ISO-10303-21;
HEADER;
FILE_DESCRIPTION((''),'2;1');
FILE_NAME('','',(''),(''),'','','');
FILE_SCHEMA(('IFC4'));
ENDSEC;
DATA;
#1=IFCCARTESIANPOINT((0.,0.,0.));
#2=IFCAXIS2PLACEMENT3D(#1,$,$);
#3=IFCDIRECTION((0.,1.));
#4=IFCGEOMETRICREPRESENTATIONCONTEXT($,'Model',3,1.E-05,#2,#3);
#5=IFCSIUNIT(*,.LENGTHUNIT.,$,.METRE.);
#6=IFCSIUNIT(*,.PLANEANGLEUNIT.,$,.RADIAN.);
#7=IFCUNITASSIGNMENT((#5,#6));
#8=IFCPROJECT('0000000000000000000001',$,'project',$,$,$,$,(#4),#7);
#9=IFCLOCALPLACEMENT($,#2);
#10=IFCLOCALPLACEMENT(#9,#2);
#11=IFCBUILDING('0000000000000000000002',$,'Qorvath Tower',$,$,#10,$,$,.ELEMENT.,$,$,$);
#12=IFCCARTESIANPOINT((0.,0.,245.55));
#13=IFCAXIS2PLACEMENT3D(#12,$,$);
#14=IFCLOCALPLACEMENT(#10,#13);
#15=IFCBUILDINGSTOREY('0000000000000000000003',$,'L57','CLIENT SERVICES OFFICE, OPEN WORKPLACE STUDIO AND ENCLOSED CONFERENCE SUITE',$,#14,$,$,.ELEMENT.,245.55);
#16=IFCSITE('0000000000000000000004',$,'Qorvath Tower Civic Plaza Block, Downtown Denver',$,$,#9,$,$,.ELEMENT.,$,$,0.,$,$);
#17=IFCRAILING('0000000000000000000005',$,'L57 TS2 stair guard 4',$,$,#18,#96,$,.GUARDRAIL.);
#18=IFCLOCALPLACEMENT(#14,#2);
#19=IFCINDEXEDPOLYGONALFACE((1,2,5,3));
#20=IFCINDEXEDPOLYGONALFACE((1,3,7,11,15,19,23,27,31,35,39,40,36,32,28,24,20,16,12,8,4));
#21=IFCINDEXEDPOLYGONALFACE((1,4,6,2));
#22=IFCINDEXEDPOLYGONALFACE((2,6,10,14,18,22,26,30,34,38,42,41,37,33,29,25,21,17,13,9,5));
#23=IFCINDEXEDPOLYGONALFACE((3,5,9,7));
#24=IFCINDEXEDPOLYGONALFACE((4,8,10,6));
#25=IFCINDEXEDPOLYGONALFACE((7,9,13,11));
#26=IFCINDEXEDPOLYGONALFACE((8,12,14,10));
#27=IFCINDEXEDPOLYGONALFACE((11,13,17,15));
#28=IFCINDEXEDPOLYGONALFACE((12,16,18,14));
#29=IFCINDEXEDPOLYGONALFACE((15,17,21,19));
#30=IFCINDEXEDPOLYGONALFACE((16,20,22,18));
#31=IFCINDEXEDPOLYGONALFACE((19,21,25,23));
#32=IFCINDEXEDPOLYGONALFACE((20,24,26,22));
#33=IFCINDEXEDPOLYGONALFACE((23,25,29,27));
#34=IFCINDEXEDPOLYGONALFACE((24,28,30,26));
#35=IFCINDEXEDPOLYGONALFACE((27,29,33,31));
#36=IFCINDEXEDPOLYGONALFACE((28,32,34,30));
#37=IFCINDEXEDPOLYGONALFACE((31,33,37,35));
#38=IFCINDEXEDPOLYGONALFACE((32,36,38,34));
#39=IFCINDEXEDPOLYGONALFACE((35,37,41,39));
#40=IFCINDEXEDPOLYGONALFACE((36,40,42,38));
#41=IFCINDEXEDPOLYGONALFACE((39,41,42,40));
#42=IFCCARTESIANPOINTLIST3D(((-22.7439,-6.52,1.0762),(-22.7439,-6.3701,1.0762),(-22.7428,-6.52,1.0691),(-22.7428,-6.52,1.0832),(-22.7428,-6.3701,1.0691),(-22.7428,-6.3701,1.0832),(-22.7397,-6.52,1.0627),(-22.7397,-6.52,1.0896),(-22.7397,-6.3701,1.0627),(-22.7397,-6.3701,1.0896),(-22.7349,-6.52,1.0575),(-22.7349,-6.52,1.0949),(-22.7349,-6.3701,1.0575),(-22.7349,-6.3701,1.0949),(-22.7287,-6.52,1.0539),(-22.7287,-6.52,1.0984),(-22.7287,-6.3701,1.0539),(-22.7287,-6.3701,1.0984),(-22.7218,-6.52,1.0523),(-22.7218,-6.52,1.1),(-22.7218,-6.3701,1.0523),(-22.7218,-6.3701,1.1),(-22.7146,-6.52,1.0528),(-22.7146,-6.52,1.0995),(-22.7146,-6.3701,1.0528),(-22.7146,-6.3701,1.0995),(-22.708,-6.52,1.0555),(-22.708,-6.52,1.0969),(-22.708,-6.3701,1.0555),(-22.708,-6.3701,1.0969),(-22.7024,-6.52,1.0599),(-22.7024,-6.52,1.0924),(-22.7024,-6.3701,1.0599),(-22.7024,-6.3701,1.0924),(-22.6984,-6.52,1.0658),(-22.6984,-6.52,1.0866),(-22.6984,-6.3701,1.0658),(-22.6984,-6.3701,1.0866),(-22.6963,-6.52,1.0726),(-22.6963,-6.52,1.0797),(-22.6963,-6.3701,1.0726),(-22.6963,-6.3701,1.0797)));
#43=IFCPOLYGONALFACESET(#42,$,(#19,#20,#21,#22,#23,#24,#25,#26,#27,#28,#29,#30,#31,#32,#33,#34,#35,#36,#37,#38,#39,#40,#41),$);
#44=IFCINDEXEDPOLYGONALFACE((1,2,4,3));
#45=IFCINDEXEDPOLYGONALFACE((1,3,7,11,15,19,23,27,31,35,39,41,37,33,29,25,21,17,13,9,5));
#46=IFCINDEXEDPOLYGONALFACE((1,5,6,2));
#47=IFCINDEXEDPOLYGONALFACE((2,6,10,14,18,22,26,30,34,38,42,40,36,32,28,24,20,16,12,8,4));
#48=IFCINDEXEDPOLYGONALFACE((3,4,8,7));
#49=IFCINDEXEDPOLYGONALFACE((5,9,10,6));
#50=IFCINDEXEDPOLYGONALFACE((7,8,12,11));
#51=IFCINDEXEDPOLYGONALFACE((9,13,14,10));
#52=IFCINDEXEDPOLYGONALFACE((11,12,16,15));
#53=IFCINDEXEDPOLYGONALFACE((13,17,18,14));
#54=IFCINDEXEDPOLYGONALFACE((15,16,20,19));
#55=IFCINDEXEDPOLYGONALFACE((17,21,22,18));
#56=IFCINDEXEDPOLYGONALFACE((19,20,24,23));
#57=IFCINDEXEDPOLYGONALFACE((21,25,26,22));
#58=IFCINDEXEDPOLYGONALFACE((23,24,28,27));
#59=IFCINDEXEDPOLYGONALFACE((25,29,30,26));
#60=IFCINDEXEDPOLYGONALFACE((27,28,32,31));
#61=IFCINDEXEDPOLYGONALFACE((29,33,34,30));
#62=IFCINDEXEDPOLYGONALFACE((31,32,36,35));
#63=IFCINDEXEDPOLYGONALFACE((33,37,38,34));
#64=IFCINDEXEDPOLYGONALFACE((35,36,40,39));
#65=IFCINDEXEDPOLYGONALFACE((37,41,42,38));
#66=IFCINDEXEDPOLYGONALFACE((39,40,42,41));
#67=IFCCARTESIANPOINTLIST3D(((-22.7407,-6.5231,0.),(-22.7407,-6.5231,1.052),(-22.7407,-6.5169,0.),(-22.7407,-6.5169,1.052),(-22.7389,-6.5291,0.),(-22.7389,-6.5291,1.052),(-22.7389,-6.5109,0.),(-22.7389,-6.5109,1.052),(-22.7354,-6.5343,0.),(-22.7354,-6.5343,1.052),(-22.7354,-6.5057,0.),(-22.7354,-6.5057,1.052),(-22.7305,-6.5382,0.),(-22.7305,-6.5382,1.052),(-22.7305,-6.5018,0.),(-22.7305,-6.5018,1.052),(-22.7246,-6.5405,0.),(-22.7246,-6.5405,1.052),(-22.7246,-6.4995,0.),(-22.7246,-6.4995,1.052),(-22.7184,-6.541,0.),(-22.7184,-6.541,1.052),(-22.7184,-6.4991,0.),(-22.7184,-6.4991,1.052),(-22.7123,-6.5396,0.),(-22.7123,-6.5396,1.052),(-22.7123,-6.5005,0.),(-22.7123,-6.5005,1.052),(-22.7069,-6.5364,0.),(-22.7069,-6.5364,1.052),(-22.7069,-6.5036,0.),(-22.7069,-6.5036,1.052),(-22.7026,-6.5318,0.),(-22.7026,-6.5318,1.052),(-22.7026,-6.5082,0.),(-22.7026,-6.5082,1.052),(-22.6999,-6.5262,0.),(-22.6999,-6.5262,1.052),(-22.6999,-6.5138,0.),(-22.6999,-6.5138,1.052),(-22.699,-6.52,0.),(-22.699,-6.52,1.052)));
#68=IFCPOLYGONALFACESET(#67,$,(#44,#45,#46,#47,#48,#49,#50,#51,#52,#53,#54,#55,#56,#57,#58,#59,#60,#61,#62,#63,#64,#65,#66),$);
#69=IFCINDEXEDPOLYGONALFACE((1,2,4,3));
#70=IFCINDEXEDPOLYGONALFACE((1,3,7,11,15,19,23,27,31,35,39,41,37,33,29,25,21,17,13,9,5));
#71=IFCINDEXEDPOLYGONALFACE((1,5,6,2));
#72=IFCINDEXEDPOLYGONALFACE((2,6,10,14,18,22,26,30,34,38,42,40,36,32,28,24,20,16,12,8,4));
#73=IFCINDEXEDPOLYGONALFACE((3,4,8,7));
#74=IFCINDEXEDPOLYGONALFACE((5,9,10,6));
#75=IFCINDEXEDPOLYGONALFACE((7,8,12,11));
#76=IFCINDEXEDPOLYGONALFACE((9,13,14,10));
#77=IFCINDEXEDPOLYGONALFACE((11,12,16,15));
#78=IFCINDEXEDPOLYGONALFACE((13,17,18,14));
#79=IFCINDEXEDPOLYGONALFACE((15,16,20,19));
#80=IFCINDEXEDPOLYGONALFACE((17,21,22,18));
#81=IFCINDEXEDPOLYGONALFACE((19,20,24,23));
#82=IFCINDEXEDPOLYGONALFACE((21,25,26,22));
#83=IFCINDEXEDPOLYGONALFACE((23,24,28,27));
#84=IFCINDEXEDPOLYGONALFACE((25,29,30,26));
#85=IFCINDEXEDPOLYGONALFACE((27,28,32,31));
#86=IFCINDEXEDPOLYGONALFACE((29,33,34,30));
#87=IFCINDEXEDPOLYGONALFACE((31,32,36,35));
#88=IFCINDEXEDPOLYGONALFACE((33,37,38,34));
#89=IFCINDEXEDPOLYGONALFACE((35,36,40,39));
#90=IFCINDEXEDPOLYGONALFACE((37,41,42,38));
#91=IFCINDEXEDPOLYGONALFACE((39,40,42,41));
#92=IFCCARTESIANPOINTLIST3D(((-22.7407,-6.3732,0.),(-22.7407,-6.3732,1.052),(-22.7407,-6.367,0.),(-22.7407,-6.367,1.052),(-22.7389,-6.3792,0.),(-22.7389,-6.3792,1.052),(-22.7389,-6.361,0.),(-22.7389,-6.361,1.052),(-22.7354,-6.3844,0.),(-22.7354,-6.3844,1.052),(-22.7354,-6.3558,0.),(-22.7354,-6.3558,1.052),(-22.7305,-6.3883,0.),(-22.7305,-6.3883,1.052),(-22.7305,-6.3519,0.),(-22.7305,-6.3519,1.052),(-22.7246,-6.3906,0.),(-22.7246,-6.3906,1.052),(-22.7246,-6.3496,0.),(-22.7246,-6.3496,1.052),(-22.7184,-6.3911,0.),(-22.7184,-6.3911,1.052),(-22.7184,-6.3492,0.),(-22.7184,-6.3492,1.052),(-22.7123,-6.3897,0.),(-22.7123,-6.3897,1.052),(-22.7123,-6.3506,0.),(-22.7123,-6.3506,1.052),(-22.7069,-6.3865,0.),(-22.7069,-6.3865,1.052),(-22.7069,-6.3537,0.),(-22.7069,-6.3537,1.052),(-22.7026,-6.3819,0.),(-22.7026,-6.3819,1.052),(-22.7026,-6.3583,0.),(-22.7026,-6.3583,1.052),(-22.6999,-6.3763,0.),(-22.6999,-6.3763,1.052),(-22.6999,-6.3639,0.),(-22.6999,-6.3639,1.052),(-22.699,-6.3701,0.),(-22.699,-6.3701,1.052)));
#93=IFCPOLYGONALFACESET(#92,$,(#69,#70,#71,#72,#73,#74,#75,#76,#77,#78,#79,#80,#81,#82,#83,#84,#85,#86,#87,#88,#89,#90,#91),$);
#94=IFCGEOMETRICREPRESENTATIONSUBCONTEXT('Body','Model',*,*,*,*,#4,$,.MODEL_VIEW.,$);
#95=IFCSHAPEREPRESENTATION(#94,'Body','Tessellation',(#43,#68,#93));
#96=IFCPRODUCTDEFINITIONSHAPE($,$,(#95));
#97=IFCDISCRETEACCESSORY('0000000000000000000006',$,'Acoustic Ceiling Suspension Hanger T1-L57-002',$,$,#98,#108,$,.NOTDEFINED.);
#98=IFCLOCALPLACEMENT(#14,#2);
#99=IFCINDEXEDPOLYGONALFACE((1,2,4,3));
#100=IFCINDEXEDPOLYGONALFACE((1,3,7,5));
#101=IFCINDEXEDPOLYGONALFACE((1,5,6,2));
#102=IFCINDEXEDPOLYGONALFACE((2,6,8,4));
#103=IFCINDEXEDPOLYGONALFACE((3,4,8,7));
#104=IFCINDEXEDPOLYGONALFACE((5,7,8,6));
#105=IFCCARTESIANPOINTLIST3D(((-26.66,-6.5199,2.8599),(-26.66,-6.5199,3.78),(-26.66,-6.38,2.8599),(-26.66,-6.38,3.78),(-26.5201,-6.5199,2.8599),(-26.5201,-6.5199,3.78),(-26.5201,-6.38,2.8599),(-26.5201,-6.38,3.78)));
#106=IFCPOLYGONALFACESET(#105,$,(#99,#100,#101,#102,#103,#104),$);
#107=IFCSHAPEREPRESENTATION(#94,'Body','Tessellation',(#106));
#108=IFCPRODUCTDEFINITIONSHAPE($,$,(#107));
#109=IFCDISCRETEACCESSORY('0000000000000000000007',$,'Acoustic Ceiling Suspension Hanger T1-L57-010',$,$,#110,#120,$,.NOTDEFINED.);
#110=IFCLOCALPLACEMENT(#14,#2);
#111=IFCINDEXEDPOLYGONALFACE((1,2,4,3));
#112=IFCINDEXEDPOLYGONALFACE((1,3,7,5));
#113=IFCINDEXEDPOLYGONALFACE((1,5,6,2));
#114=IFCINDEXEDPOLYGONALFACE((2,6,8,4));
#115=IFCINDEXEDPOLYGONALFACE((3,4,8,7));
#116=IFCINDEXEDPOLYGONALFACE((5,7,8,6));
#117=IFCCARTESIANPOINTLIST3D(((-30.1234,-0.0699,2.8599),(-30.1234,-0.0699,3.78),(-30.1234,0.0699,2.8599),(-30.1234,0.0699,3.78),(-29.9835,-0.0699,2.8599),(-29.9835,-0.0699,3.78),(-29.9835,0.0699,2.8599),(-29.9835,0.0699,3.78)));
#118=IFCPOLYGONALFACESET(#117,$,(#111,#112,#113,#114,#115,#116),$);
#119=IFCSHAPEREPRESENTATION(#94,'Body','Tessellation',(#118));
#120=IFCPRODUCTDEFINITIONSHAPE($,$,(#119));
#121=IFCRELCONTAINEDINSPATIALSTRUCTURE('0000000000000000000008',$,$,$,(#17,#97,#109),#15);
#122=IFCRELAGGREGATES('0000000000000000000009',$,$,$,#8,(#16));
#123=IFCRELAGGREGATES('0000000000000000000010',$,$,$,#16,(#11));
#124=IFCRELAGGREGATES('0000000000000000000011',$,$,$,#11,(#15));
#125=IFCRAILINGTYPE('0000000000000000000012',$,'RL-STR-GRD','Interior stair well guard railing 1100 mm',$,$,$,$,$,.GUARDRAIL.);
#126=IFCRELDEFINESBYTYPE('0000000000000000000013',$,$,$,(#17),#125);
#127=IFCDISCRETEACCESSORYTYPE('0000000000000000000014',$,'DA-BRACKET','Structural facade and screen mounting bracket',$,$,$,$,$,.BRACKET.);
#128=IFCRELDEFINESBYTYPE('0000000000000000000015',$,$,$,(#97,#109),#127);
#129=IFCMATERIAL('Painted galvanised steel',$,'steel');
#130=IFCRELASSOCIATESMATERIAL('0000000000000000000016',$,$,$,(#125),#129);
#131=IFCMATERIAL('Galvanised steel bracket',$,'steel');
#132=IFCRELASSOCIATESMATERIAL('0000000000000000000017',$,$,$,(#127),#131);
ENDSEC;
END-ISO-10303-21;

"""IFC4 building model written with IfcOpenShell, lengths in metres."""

from ifc_helpers import new_model, si_unit, direction, frame, origin, origin_2d, place, context, subcontext, project, spatial, rectangle, circle, extrude, material, type_object, element, save


model = new_model("IFC4")

# Units and contexts
model_context = context("Model", 3, precision=1e-05, world=origin(), true_north=direction((0.0, 1.0)))
body_context = subcontext(model_context, "Body", "Model", "MODEL_VIEW")
ifc_project = project(units=[si_unit("LENGTHUNIT", "METRE"), si_unit("PLANEANGLEUNIT", "RADIAN")], contexts=[model_context])

# Site, building, storey
site_placement = place(None, origin())
site = spatial("IfcSite", under=ifc_project, at=site_placement, Name="Qorvath Tower Civic Plaza Block, Downtown Denver", CompositionType="ELEMENT", RefElevation=0.0)
building_placement = place(site_placement, origin())
building = spatial("IfcBuilding", under=site, at=building_placement, Name="Qorvath Tower", CompositionType="ELEMENT")
storey_placement = place(building_placement, frame((0.0, 0.0, 245.55)))
storey = spatial("IfcBuildingStorey", under=building, at=storey_placement, Name="L57", Description="CLIENT SERVICES OFFICE, OPEN WORKPLACE STUDIO AND ENCLOSED CONFERENCE SUITE", CompositionType="ELEMENT", Elevation=245.55)

# Railing
ifc_material_1 = material(Name="Painted galvanised steel", Category="steel")
railing_type = type_object("IfcRailingType", Name="RL-STR-GRD", Description="Interior stair well guard railing 1100 mm", PredefinedType="GUARDRAIL", material=ifc_material_1)
railing_1_placement = place(storey_placement, frame((-22.72, -6.52, 0.0)))
element("IfcRailing", 1, at=railing_1_placement, inside=storey, type_object=railing_type, Name="L57 TS2 stair guard 4", PredefinedType="GUARDRAIL", context=body_context, shape_type="SweptSolid", body=[
    extrude(circle(Radius=0.0239, at=origin_2d()), frame((0.0, 0.0, 1.0762), z_axis=(0.0, 1.0, 0.0), x_axis=(-1.0, 0.0, 0.0)), (0.0, 0.0, 1.0), 0.1499),
    extrude(circle(Radius=0.021, at=origin_2d()), origin(), (0.0, 0.0, 1.0), 1.052),
    extrude(circle(Radius=0.021, at=origin_2d()), frame((0.0, 0.1499, 0.0)), (0.0, 0.0, 1.0), 1.052),
])

# Discrete accessories
ifc_material_2 = material(Name="Galvanised steel bracket", Category="steel")
discrete_accessory_type = type_object("IfcDiscreteAccessoryType", Name="DA-BRACKET", Description="Structural facade and screen mounting bracket", PredefinedType="BRACKET", material=ifc_material_2)
for number, where, z_axis, x_axis, name in (
    (2, (-26.5901, -6.45, 2.8599), (0.0, 0.0, 1.0), (1.0, 0.0, 0.0), "Acoustic Ceiling Suspension Hanger T1-L57-002"),
    (3, (-30.0535, 0.0, 2.8599), (0.0, 0.0, 1.0), (1.0, 0.0, 0.0), "Acoustic Ceiling Suspension Hanger T1-L57-010"),
):
    element("IfcDiscreteAccessory", number, at=place(storey_placement, frame(where, z_axis=z_axis, x_axis=x_axis)), inside=storey, type_object=discrete_accessory_type, Name=name, PredefinedType="NOTDEFINED", context=body_context, shape_type="SweptSolid", body=[
        extrude(rectangle(XDim=0.1399, YDim=0.1399, at=origin_2d()), origin(), (0.0, 0.0, 1.0), 0.9202),
    ])

save(model, "model.ifc")
